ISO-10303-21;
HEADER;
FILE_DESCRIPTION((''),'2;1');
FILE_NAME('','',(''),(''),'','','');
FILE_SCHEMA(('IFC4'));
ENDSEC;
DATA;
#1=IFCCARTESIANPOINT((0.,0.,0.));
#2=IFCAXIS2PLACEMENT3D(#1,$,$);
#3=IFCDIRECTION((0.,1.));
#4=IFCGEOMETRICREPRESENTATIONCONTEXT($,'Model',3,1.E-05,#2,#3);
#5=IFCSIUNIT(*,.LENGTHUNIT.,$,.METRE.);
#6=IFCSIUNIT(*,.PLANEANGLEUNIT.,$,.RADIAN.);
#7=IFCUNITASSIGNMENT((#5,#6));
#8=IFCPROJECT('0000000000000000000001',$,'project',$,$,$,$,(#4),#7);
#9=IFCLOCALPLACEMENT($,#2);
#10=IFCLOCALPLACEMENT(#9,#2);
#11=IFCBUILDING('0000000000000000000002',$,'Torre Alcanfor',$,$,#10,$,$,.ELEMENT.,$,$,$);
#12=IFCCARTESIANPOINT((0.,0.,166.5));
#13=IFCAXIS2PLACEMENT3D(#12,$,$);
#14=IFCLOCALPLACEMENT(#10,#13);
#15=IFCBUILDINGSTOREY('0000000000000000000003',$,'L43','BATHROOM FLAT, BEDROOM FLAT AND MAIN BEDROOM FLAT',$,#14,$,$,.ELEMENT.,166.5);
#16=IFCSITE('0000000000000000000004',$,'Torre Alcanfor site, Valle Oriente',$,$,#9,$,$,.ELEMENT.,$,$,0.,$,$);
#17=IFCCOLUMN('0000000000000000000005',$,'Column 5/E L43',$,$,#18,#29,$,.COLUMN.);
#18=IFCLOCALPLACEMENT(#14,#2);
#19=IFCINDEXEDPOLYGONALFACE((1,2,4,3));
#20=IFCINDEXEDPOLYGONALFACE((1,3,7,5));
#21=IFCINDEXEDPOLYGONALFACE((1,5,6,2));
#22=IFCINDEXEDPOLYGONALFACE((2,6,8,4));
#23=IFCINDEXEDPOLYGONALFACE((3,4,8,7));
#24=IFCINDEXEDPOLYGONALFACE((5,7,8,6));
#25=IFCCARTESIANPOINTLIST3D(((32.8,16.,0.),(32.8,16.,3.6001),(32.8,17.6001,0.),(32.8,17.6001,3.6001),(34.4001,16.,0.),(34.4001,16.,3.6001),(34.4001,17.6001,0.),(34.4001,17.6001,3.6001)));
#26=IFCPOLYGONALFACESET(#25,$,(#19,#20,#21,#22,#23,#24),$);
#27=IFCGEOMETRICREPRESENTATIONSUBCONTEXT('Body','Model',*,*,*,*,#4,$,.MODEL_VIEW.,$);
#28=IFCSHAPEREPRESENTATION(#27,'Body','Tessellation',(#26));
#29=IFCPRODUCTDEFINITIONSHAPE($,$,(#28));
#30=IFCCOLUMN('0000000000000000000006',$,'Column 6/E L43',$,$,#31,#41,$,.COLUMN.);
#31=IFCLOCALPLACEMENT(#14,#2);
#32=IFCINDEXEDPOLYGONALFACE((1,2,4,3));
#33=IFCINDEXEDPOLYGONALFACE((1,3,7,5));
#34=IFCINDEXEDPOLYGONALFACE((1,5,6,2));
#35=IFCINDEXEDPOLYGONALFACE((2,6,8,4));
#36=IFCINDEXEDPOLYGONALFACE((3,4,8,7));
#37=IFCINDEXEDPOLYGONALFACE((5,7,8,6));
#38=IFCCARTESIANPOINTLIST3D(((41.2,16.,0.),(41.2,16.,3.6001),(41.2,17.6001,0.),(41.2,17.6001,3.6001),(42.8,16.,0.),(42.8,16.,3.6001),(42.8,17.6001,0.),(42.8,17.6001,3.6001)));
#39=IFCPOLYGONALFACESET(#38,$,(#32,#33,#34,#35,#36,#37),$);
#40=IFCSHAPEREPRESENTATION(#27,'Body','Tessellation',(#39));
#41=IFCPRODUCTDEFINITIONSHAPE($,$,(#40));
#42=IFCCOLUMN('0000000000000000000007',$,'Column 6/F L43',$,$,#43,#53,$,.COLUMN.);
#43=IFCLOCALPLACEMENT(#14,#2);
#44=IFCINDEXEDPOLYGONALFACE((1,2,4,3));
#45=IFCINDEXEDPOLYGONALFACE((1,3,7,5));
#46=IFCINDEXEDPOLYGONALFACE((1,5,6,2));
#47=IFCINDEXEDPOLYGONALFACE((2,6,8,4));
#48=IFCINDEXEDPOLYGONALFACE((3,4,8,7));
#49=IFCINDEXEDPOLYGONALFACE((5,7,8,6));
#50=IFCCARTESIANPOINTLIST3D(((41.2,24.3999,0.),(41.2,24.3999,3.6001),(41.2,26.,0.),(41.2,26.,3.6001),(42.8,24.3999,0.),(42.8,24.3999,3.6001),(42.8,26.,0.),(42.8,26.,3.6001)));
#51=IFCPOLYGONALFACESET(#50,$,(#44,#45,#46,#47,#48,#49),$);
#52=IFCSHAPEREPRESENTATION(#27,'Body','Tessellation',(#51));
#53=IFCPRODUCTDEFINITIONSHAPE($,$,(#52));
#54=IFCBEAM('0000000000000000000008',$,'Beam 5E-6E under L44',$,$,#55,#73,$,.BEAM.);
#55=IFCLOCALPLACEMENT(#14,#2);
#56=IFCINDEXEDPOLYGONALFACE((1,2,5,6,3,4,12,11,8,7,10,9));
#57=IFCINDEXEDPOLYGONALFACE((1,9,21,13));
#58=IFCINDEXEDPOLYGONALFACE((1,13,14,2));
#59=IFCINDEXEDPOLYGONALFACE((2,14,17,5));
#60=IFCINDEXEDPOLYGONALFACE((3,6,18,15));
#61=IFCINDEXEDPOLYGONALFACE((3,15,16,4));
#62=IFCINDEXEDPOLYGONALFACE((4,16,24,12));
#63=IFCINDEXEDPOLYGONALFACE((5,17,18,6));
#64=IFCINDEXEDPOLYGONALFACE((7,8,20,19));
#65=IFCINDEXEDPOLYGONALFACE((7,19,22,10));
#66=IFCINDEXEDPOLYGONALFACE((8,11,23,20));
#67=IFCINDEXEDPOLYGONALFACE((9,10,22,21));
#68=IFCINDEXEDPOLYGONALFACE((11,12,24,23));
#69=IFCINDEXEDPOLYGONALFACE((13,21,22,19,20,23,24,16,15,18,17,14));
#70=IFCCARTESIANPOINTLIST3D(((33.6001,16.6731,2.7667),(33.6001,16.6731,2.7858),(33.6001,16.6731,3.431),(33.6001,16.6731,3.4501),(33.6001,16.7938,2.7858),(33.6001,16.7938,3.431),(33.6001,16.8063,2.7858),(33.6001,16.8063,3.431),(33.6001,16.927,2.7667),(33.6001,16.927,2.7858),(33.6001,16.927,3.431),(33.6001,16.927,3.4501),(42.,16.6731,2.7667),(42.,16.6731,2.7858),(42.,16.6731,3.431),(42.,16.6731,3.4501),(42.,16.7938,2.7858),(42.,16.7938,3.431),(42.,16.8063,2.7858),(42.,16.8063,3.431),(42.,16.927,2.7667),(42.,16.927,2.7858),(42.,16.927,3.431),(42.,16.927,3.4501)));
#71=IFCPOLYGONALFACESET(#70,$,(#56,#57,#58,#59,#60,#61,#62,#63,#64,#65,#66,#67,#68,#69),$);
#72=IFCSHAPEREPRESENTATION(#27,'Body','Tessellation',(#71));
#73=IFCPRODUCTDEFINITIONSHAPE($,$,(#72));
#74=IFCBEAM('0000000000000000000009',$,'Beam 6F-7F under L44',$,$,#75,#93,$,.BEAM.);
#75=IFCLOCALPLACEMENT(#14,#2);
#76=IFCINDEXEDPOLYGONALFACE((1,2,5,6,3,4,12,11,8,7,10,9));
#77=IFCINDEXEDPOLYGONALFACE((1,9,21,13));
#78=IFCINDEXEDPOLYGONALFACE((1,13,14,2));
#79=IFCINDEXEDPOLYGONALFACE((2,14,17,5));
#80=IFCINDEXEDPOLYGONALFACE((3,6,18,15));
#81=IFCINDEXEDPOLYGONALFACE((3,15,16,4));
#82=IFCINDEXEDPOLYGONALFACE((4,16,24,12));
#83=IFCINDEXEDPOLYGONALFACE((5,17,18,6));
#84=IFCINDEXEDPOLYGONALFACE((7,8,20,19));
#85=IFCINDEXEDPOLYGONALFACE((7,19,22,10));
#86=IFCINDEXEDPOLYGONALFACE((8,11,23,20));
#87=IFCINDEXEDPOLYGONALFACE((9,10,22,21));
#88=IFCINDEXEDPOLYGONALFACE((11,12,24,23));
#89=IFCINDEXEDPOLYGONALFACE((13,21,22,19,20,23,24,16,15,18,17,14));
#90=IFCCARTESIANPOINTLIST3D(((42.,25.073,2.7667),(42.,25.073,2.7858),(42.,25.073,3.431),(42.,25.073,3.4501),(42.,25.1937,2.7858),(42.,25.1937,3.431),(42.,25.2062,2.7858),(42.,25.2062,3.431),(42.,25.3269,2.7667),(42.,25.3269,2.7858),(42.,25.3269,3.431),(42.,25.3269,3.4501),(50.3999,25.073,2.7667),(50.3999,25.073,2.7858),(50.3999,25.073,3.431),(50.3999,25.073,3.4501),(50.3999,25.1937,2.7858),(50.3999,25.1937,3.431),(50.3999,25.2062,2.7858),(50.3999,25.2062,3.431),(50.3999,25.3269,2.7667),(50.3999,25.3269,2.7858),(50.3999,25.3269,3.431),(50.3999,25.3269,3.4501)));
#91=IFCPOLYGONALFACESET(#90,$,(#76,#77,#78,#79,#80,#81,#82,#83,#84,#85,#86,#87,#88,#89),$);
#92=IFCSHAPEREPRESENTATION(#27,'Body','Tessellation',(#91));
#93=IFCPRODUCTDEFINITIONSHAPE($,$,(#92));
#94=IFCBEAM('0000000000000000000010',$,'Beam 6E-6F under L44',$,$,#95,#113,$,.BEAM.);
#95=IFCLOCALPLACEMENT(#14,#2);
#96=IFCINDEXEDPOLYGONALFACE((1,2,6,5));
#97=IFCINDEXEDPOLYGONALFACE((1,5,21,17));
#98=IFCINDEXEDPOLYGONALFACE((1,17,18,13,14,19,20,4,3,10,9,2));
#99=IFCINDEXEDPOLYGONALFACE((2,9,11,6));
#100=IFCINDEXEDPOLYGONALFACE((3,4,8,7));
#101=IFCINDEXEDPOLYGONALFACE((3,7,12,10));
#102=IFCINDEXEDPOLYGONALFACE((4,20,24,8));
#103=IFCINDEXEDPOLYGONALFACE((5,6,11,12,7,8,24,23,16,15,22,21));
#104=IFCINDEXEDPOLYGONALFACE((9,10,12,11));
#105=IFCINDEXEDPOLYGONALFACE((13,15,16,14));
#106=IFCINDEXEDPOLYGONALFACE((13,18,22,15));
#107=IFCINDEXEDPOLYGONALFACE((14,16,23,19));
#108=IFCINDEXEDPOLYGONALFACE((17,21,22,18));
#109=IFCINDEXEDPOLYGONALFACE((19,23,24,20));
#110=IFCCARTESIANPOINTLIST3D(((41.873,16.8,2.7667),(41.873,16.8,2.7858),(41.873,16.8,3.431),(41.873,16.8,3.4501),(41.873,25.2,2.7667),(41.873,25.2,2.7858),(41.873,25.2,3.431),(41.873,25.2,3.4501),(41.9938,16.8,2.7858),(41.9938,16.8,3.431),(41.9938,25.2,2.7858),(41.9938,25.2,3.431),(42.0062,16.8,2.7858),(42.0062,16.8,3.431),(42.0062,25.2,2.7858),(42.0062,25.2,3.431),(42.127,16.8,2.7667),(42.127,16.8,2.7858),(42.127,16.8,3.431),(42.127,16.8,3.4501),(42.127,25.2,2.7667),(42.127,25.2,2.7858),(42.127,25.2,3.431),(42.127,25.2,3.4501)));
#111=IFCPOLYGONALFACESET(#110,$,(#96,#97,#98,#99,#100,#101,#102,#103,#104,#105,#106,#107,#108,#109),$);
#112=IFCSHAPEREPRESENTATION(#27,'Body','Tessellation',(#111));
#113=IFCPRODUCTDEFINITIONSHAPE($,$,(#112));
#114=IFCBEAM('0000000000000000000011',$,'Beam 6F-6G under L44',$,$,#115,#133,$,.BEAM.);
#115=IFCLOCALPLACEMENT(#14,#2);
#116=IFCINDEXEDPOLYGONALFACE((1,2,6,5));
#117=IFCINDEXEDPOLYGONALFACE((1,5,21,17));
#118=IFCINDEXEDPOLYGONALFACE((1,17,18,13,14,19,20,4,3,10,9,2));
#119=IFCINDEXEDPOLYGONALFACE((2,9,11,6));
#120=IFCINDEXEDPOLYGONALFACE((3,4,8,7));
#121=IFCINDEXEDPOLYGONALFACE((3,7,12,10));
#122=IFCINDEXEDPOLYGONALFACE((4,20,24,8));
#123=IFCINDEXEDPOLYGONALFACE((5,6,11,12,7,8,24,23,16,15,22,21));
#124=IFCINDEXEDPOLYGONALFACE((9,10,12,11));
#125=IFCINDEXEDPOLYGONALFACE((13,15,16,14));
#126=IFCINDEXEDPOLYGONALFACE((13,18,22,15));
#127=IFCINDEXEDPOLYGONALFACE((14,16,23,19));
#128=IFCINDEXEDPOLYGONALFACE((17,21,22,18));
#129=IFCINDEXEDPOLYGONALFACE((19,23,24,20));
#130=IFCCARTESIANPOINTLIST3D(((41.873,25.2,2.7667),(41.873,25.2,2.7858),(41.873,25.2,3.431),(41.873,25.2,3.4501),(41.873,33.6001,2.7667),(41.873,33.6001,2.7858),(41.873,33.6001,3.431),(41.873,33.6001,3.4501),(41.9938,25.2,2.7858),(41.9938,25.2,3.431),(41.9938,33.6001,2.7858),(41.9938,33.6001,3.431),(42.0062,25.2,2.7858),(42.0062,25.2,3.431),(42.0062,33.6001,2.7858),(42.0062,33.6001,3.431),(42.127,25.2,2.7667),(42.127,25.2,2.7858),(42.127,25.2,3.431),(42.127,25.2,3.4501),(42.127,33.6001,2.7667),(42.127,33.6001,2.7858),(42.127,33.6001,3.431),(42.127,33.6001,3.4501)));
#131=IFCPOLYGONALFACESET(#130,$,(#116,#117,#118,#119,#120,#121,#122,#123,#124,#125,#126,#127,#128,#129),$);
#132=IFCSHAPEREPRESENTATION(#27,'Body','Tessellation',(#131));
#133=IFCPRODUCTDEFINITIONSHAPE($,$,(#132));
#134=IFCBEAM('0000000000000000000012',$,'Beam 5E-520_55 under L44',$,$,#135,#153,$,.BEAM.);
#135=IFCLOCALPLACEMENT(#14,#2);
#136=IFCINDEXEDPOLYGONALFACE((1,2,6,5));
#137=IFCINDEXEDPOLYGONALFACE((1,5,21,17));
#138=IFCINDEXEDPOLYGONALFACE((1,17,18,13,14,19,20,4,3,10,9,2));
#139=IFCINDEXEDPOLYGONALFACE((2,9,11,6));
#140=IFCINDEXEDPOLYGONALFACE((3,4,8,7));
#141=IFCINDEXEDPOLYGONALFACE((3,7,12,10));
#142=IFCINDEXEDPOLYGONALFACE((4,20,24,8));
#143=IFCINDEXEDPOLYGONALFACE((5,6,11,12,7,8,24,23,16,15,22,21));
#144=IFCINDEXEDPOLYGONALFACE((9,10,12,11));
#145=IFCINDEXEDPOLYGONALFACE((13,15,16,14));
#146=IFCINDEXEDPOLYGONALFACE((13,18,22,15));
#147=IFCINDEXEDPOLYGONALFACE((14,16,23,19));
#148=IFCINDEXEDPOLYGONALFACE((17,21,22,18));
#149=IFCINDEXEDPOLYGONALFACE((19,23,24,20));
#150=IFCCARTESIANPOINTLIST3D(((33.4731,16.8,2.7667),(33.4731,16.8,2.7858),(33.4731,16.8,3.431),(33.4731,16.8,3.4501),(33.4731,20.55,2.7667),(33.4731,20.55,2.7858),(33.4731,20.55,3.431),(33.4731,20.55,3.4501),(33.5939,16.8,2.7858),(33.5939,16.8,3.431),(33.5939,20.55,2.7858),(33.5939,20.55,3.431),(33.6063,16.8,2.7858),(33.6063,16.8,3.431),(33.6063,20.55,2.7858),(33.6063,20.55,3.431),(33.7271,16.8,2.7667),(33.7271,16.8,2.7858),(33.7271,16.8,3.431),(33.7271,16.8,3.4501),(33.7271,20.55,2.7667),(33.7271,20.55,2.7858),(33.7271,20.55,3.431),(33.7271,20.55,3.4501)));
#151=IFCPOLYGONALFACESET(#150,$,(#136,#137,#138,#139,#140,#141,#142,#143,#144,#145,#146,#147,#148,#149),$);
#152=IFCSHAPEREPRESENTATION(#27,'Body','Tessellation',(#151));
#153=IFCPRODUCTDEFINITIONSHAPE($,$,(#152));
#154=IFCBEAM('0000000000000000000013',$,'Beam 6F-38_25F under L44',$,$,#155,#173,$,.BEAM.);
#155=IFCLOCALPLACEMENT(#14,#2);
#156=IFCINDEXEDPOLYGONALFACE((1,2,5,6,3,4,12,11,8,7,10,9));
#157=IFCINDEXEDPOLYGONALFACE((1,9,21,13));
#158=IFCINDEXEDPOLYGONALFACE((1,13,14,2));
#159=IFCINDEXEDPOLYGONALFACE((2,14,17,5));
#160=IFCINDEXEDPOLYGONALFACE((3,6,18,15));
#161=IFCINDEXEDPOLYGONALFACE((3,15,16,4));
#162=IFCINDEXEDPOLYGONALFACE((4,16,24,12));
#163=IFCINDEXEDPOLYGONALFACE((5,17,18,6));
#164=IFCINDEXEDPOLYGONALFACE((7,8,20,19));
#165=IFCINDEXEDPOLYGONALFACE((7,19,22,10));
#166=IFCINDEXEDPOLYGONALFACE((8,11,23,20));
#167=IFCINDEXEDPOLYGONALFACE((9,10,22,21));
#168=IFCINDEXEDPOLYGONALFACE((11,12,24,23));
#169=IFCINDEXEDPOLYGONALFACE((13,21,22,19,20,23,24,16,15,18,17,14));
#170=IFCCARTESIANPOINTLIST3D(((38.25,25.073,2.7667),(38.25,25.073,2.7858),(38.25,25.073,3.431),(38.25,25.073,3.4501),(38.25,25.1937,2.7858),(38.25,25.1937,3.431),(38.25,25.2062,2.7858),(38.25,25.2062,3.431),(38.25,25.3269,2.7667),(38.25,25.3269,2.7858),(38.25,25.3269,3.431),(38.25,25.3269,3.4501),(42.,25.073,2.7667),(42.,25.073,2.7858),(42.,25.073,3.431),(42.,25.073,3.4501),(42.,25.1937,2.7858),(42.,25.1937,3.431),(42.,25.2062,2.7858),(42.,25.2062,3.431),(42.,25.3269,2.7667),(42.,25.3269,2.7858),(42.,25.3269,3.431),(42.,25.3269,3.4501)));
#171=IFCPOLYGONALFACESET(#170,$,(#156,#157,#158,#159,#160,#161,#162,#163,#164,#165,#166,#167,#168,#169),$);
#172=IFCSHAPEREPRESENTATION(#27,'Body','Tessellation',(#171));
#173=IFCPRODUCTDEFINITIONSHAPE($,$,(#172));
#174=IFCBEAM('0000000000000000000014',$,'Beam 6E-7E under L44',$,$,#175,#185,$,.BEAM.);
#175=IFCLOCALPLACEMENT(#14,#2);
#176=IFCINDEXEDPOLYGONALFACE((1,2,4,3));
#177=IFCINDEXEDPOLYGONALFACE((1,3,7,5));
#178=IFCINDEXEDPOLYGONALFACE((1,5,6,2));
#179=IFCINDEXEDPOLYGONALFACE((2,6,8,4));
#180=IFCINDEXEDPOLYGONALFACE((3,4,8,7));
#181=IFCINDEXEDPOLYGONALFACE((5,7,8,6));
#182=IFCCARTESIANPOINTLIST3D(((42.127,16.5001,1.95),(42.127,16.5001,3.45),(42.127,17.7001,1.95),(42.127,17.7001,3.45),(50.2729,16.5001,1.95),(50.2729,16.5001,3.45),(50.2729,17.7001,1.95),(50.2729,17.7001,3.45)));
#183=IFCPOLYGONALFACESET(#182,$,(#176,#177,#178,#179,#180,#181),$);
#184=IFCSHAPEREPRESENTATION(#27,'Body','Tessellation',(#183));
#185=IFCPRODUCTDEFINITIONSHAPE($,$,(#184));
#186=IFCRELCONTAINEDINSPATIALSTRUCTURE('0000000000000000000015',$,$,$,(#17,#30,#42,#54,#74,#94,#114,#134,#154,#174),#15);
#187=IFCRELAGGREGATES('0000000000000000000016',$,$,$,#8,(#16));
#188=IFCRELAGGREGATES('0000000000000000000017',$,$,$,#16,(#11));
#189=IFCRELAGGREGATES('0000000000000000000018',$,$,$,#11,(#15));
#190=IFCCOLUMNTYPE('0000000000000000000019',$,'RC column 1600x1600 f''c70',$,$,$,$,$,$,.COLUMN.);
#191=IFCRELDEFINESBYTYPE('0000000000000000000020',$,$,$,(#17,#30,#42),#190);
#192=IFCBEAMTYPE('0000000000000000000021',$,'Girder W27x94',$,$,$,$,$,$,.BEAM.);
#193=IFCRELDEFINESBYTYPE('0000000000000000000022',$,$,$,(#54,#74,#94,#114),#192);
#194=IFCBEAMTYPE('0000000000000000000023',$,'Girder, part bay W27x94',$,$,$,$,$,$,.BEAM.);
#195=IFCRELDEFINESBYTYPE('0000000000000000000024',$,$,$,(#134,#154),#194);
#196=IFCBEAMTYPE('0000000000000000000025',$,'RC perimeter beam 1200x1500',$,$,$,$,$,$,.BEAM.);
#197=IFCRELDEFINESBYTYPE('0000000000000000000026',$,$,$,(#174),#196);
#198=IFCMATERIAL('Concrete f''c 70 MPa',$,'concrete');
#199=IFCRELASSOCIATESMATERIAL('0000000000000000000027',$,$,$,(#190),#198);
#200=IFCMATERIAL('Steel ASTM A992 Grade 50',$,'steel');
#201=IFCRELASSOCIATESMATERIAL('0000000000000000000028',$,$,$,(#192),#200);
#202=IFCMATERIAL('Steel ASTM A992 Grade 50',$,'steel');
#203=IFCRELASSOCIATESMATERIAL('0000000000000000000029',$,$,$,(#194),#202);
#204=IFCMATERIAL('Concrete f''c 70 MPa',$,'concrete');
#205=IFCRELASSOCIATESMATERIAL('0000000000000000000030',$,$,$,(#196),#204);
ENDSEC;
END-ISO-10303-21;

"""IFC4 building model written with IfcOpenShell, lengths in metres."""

from ifc_helpers import new_model, si_unit, direction, frame, origin, origin_2d, place, context, subcontext, project, spatial, rectangle, i_section, extrude, material, material_profile, profile_set, type_object, element, save


model = new_model("IFC4")

# Units and contexts
model_context = context("Model", 3, precision=1e-05, world=origin(), true_north=direction((0.0, 1.0)))
body_context = subcontext(model_context, "Body", "Model", "MODEL_VIEW")
ifc_project = project(units=[si_unit("LENGTHUNIT", "METRE"), si_unit("PLANEANGLEUNIT", "RADIAN")], contexts=[model_context])

# Site, building, storey
site_placement = place(None, origin())
site = spatial("IfcSite", under=ifc_project, at=site_placement, Name="Torre Alcanfor site, Valle Oriente", CompositionType="ELEMENT", RefElevation=0.0)
building_placement = place(site_placement, origin())
building = spatial("IfcBuilding", under=site, at=building_placement, Name="Torre Alcanfor", CompositionType="ELEMENT")
storey_placement = place(building_placement, frame((0.0, 0.0, 166.5)))
storey = spatial("IfcBuildingStorey", under=building, at=storey_placement, Name="L43", Description="BATHROOM FLAT, BEDROOM FLAT AND MAIN BEDROOM FLAT", CompositionType="ELEMENT", Elevation=166.5)

# Columns
ifc_material_1 = material(Name="Concrete f'c 70 MPa", Category="concrete")
ifc_material_profile_1 = material_profile(ifc_material_1, rectangle(XDim=1.6001, YDim=1.6001, at=origin_2d()), Name="1600x1600")
ifc_profile_set_1 = profile_set([ifc_material_profile_1], Name="Concrete f'c 70 MPa")
column_type = type_object("IfcColumnType", Name="RC column 1600x1600 f'c70", PredefinedType="COLUMN", material=ifc_profile_set_1)
for number, where, z_axis, x_axis, name in (
    (1, (33.6001, 16.8, 0.0), (0.0, 0.0, 1.0), (1.0, 0.0, 0.0), "Column 5/E L43"),
    (2, (42.0, 16.8, 0.0), (0.0, 0.0, 1.0), (1.0, 0.0, 0.0), "Column 6/E L43"),
    (3, (42.0, 25.2, 0.0), (0.0, 0.0, 1.0), (1.0, 0.0, 0.0), "Column 6/F L43"),
):
    element("IfcColumn", number, at=place(storey_placement, frame(where, z_axis=z_axis, x_axis=x_axis)), inside=storey, type_object=column_type, Name=name, PredefinedType="COLUMN", context=body_context, shape_type="SweptSolid", body=[
        extrude(rectangle(XDim=1.6001, YDim=1.6001, at=origin_2d()), origin(), (0.0, 0.0, 1.0), 3.6001),
    ])

# Beams
ifc_material_2 = material(Name="Steel ASTM A992 Grade 50", Category="steel")
ifc_material_profile_2 = material_profile(ifc_material_2, i_section(OverallWidth=0.2539, OverallDepth=0.6833, WebThickness=0.0125, FlangeThickness=0.019, at=origin_2d()), Name="W27x94")
ifc_profile_set_2 = profile_set([ifc_material_profile_2], Name="Steel ASTM A992 Grade 50")
beam_type_1 = type_object("IfcBeamType", Name="Girder W27x94", PredefinedType="BEAM", material=ifc_profile_set_2)
for number, where, z_axis, x_axis, name in (
    (4, (33.6001, 16.8, 3.1084), (1.0, 0.0, 0.0), (0.0, 1.0, 0.0), "Beam 5E-6E under L44"),
    (5, (42.0, 25.2, 3.1084), (1.0, 0.0, 0.0), (0.0, 1.0, 0.0), "Beam 6F-7F under L44"),
    (6, (42.0, 16.8, 3.1084), (0.0, 1.0, 0.0), (-1.0, 0.0, 0.0), "Beam 6E-6F under L44"),
):
    element("IfcBeam", number, at=place(storey_placement, frame(where, z_axis=z_axis, x_axis=x_axis)), inside=storey, type_object=beam_type_1, Name=name, PredefinedType="BEAM", context=body_context, shape_type="SweptSolid", body=[
        extrude(i_section(OverallWidth=0.2539, OverallDepth=0.6833, WebThickness=0.0125, FlangeThickness=0.019, at=origin_2d()), origin(), (0.0, 0.0, 1.0), 8.3999),
    ])
beam_1_placement = place(storey_placement, frame((42.0, 25.2, 3.1084), z_axis=(0.0, 1.0, 0.0), x_axis=(-1.0, 0.0, 0.0)))
element("IfcBeam", 7, at=beam_1_placement, inside=storey, type_object=beam_type_1, Name="Beam 6F-6G under L44", PredefinedType="BEAM", context=body_context, shape_type="SweptSolid", body=[
    extrude(i_section(OverallWidth=0.2539, OverallDepth=0.6833, WebThickness=0.0125, FlangeThickness=0.019, at=origin_2d()), origin(), (0.0, 0.0, 1.0), 8.4001),
])
ifc_material_3 = material(Name="Steel ASTM A992 Grade 50", Category="steel")
ifc_material_profile_3 = material_profile(ifc_material_3, i_section(OverallWidth=0.2539, OverallDepth=0.6833, WebThickness=0.0125, FlangeThickness=0.019, at=origin_2d()), Name="W27x94")
ifc_profile_set_3 = profile_set([ifc_material_profile_3], Name="Steel ASTM A992 Grade 50")
beam_type_2 = type_object("IfcBeamType", Name="Girder, part bay W27x94", PredefinedType="BEAM", material=ifc_profile_set_3)
for number, where, z_axis, x_axis, name in (
    (8, (33.6001, 16.8, 3.1084), (0.0, 1.0, 0.0), (-1.0, 0.0, 0.0), "Beam 5E-520_55 under L44"),
    (9, (42.0, 25.2, 3.1084), (-1.0, 0.0, 0.0), (0.0, -1.0, 0.0), "Beam 6F-38_25F under L44"),
):
    element("IfcBeam", number, at=place(storey_placement, frame(where, z_axis=z_axis, x_axis=x_axis)), inside=storey, type_object=beam_type_2, Name=name, PredefinedType="BEAM", context=body_context, shape_type="SweptSolid", body=[
        extrude(i_section(OverallWidth=0.2539, OverallDepth=0.6833, WebThickness=0.0125, FlangeThickness=0.019, at=origin_2d()), origin(), (0.0, 0.0, 1.0), 3.75),
    ])
ifc_material_4 = material(Name="Concrete f'c 70 MPa", Category="concrete")
ifc_material_profile_4 = material_profile(ifc_material_4, rectangle(XDim=1.2, YDim=1.5, at=origin_2d()), Name="1200x1500")
ifc_profile_set_4 = profile_set([ifc_material_profile_4], Name="Concrete f'c 70 MPa")
beam_type_3 = type_object("IfcBeamType", Name="RC perimeter beam 1200x1500", PredefinedType="BEAM", material=ifc_profile_set_4)
beam_2_placement = place(storey_placement, frame((42.127, 17.1001, 2.7), z_axis=(1.0, 0.0, 0.0), x_axis=(0.0, 1.0, 0.0)))
element("IfcBeam", 10, at=beam_2_placement, inside=storey, type_object=beam_type_3, Name="Beam 6E-7E under L44", PredefinedType="BEAM", context=body_context, shape_type="SweptSolid", body=[
    extrude(rectangle(XDim=1.2, YDim=1.5, at=origin_2d()), origin(), (0.0, 0.0, 1.0), 8.146),
])

save(model, "model.ifc")
